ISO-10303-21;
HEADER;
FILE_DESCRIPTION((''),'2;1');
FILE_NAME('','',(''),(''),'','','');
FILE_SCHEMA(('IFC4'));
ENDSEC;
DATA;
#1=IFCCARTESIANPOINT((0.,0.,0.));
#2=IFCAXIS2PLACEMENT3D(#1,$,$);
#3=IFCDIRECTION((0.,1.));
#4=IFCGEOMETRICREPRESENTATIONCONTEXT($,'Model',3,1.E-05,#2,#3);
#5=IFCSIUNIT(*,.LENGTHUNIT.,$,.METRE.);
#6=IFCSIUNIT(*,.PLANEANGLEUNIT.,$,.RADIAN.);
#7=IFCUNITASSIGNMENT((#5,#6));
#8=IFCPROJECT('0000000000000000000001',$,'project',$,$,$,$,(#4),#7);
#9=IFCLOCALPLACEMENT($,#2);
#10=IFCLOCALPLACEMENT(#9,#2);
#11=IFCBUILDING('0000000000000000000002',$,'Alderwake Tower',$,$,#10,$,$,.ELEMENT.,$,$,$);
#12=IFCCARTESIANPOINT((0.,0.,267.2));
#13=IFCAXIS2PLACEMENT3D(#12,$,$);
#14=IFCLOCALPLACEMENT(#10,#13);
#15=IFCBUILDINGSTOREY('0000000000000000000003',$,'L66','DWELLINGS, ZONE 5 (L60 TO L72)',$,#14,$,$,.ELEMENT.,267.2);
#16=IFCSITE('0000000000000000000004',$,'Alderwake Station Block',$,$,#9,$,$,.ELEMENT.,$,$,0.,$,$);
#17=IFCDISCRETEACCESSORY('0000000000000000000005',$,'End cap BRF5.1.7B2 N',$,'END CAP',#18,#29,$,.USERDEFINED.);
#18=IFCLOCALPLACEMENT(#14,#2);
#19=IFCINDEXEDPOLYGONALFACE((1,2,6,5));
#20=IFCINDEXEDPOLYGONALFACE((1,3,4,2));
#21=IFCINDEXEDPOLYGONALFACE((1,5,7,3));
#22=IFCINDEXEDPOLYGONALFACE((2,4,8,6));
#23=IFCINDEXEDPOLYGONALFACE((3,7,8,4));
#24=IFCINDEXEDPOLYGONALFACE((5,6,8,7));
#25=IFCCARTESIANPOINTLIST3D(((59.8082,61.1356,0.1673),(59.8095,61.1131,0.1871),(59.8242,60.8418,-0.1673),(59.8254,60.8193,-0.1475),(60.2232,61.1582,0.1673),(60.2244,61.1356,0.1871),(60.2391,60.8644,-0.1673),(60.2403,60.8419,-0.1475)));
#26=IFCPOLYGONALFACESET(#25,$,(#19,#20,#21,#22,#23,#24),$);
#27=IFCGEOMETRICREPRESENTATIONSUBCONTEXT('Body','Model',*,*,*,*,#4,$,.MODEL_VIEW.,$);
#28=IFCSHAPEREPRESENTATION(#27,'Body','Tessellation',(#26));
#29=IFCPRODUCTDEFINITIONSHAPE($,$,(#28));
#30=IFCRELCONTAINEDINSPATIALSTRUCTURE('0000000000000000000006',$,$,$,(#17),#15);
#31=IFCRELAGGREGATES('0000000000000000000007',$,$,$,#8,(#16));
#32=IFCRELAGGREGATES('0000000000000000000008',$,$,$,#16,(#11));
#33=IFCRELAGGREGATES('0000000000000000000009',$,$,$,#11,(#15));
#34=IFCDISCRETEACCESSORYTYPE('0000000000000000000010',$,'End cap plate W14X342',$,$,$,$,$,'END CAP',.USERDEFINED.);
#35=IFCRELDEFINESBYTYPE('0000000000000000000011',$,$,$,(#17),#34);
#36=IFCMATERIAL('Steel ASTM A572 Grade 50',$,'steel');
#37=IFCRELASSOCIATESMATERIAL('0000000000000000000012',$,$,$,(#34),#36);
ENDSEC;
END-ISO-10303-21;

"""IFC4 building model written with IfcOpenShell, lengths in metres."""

from ifc_helpers import new_model, si_unit, direction, frame, origin, origin_2d, place, context, subcontext, project, spatial, rectangle, extrude, material, material_profile, profile_set, type_object, element, save


model = new_model("IFC4")

# Units and contexts
model_context = context("Model", 3, precision=1e-05, world=origin(), true_north=direction((0.0, 1.0)))
body_context = subcontext(model_context, "Body", "Model", "MODEL_VIEW")
ifc_project = project(units=[si_unit("LENGTHUNIT", "METRE"), si_unit("PLANEANGLEUNIT", "RADIAN")], contexts=[model_context])

# Site, building, storey
site_placement = place(None, origin())
site = spatial("IfcSite", under=ifc_project, at=site_placement, Name="Alderwake Station Block", CompositionType="ELEMENT", RefElevation=0.0)
building_placement = place(site_placement, origin())
building = spatial("IfcBuilding", under=site, at=building_placement, Name="Alderwake Tower", CompositionType="ELEMENT")
storey_placement = place(building_placement, frame((0.0, 0.0, 267.2)))
storey = spatial("IfcBuildingStorey", under=building, at=storey_placement, Name="L66", Description="DWELLINGS, ZONE 5 (L60 TO L72)", CompositionType="ELEMENT", Elevation=267.2)

# Discrete accessory
ifc_material_1 = material(Name="Steel ASTM A572 Grade 50", Category="steel")
ifc_material_profile_1 = material_profile(ifc_material_1, rectangle(XDim=0.4155, YDim=0.4456, at=origin_2d()), Name="W14X342 cap")
ifc_profile_set_1 = profile_set([ifc_material_profile_1], Name="Steel ASTM A572 Grade 50")
discrete_accessory_type = type_object("IfcDiscreteAccessoryType", Name="End cap plate W14X342", ElementType="END CAP", PredefinedType="USERDEFINED", material=ifc_profile_set_1)
for number, where, z_axis, x_axis, name in (
    (1, (60.0237, 61.0, 0.0), (0.040757, -0.749928, 0.660263), (0.998526, 0.054268, 0.0), "End cap BRF5.1.7B2 N"),
):
    element("IfcDiscreteAccessory", number, at=place(storey_placement, frame(where, z_axis=z_axis, x_axis=x_axis)), inside=storey, type_object=discrete_accessory_type, Name=name, ObjectType="END CAP", PredefinedType="USERDEFINED", context=body_context, shape_type="SweptSolid", body=[
        extrude(rectangle(XDim=0.4155, YDim=0.4456, at=origin_2d()), origin(), (0.0, 0.0, 1.0), 0.03),
    ])

save(model, "model.ifc")
